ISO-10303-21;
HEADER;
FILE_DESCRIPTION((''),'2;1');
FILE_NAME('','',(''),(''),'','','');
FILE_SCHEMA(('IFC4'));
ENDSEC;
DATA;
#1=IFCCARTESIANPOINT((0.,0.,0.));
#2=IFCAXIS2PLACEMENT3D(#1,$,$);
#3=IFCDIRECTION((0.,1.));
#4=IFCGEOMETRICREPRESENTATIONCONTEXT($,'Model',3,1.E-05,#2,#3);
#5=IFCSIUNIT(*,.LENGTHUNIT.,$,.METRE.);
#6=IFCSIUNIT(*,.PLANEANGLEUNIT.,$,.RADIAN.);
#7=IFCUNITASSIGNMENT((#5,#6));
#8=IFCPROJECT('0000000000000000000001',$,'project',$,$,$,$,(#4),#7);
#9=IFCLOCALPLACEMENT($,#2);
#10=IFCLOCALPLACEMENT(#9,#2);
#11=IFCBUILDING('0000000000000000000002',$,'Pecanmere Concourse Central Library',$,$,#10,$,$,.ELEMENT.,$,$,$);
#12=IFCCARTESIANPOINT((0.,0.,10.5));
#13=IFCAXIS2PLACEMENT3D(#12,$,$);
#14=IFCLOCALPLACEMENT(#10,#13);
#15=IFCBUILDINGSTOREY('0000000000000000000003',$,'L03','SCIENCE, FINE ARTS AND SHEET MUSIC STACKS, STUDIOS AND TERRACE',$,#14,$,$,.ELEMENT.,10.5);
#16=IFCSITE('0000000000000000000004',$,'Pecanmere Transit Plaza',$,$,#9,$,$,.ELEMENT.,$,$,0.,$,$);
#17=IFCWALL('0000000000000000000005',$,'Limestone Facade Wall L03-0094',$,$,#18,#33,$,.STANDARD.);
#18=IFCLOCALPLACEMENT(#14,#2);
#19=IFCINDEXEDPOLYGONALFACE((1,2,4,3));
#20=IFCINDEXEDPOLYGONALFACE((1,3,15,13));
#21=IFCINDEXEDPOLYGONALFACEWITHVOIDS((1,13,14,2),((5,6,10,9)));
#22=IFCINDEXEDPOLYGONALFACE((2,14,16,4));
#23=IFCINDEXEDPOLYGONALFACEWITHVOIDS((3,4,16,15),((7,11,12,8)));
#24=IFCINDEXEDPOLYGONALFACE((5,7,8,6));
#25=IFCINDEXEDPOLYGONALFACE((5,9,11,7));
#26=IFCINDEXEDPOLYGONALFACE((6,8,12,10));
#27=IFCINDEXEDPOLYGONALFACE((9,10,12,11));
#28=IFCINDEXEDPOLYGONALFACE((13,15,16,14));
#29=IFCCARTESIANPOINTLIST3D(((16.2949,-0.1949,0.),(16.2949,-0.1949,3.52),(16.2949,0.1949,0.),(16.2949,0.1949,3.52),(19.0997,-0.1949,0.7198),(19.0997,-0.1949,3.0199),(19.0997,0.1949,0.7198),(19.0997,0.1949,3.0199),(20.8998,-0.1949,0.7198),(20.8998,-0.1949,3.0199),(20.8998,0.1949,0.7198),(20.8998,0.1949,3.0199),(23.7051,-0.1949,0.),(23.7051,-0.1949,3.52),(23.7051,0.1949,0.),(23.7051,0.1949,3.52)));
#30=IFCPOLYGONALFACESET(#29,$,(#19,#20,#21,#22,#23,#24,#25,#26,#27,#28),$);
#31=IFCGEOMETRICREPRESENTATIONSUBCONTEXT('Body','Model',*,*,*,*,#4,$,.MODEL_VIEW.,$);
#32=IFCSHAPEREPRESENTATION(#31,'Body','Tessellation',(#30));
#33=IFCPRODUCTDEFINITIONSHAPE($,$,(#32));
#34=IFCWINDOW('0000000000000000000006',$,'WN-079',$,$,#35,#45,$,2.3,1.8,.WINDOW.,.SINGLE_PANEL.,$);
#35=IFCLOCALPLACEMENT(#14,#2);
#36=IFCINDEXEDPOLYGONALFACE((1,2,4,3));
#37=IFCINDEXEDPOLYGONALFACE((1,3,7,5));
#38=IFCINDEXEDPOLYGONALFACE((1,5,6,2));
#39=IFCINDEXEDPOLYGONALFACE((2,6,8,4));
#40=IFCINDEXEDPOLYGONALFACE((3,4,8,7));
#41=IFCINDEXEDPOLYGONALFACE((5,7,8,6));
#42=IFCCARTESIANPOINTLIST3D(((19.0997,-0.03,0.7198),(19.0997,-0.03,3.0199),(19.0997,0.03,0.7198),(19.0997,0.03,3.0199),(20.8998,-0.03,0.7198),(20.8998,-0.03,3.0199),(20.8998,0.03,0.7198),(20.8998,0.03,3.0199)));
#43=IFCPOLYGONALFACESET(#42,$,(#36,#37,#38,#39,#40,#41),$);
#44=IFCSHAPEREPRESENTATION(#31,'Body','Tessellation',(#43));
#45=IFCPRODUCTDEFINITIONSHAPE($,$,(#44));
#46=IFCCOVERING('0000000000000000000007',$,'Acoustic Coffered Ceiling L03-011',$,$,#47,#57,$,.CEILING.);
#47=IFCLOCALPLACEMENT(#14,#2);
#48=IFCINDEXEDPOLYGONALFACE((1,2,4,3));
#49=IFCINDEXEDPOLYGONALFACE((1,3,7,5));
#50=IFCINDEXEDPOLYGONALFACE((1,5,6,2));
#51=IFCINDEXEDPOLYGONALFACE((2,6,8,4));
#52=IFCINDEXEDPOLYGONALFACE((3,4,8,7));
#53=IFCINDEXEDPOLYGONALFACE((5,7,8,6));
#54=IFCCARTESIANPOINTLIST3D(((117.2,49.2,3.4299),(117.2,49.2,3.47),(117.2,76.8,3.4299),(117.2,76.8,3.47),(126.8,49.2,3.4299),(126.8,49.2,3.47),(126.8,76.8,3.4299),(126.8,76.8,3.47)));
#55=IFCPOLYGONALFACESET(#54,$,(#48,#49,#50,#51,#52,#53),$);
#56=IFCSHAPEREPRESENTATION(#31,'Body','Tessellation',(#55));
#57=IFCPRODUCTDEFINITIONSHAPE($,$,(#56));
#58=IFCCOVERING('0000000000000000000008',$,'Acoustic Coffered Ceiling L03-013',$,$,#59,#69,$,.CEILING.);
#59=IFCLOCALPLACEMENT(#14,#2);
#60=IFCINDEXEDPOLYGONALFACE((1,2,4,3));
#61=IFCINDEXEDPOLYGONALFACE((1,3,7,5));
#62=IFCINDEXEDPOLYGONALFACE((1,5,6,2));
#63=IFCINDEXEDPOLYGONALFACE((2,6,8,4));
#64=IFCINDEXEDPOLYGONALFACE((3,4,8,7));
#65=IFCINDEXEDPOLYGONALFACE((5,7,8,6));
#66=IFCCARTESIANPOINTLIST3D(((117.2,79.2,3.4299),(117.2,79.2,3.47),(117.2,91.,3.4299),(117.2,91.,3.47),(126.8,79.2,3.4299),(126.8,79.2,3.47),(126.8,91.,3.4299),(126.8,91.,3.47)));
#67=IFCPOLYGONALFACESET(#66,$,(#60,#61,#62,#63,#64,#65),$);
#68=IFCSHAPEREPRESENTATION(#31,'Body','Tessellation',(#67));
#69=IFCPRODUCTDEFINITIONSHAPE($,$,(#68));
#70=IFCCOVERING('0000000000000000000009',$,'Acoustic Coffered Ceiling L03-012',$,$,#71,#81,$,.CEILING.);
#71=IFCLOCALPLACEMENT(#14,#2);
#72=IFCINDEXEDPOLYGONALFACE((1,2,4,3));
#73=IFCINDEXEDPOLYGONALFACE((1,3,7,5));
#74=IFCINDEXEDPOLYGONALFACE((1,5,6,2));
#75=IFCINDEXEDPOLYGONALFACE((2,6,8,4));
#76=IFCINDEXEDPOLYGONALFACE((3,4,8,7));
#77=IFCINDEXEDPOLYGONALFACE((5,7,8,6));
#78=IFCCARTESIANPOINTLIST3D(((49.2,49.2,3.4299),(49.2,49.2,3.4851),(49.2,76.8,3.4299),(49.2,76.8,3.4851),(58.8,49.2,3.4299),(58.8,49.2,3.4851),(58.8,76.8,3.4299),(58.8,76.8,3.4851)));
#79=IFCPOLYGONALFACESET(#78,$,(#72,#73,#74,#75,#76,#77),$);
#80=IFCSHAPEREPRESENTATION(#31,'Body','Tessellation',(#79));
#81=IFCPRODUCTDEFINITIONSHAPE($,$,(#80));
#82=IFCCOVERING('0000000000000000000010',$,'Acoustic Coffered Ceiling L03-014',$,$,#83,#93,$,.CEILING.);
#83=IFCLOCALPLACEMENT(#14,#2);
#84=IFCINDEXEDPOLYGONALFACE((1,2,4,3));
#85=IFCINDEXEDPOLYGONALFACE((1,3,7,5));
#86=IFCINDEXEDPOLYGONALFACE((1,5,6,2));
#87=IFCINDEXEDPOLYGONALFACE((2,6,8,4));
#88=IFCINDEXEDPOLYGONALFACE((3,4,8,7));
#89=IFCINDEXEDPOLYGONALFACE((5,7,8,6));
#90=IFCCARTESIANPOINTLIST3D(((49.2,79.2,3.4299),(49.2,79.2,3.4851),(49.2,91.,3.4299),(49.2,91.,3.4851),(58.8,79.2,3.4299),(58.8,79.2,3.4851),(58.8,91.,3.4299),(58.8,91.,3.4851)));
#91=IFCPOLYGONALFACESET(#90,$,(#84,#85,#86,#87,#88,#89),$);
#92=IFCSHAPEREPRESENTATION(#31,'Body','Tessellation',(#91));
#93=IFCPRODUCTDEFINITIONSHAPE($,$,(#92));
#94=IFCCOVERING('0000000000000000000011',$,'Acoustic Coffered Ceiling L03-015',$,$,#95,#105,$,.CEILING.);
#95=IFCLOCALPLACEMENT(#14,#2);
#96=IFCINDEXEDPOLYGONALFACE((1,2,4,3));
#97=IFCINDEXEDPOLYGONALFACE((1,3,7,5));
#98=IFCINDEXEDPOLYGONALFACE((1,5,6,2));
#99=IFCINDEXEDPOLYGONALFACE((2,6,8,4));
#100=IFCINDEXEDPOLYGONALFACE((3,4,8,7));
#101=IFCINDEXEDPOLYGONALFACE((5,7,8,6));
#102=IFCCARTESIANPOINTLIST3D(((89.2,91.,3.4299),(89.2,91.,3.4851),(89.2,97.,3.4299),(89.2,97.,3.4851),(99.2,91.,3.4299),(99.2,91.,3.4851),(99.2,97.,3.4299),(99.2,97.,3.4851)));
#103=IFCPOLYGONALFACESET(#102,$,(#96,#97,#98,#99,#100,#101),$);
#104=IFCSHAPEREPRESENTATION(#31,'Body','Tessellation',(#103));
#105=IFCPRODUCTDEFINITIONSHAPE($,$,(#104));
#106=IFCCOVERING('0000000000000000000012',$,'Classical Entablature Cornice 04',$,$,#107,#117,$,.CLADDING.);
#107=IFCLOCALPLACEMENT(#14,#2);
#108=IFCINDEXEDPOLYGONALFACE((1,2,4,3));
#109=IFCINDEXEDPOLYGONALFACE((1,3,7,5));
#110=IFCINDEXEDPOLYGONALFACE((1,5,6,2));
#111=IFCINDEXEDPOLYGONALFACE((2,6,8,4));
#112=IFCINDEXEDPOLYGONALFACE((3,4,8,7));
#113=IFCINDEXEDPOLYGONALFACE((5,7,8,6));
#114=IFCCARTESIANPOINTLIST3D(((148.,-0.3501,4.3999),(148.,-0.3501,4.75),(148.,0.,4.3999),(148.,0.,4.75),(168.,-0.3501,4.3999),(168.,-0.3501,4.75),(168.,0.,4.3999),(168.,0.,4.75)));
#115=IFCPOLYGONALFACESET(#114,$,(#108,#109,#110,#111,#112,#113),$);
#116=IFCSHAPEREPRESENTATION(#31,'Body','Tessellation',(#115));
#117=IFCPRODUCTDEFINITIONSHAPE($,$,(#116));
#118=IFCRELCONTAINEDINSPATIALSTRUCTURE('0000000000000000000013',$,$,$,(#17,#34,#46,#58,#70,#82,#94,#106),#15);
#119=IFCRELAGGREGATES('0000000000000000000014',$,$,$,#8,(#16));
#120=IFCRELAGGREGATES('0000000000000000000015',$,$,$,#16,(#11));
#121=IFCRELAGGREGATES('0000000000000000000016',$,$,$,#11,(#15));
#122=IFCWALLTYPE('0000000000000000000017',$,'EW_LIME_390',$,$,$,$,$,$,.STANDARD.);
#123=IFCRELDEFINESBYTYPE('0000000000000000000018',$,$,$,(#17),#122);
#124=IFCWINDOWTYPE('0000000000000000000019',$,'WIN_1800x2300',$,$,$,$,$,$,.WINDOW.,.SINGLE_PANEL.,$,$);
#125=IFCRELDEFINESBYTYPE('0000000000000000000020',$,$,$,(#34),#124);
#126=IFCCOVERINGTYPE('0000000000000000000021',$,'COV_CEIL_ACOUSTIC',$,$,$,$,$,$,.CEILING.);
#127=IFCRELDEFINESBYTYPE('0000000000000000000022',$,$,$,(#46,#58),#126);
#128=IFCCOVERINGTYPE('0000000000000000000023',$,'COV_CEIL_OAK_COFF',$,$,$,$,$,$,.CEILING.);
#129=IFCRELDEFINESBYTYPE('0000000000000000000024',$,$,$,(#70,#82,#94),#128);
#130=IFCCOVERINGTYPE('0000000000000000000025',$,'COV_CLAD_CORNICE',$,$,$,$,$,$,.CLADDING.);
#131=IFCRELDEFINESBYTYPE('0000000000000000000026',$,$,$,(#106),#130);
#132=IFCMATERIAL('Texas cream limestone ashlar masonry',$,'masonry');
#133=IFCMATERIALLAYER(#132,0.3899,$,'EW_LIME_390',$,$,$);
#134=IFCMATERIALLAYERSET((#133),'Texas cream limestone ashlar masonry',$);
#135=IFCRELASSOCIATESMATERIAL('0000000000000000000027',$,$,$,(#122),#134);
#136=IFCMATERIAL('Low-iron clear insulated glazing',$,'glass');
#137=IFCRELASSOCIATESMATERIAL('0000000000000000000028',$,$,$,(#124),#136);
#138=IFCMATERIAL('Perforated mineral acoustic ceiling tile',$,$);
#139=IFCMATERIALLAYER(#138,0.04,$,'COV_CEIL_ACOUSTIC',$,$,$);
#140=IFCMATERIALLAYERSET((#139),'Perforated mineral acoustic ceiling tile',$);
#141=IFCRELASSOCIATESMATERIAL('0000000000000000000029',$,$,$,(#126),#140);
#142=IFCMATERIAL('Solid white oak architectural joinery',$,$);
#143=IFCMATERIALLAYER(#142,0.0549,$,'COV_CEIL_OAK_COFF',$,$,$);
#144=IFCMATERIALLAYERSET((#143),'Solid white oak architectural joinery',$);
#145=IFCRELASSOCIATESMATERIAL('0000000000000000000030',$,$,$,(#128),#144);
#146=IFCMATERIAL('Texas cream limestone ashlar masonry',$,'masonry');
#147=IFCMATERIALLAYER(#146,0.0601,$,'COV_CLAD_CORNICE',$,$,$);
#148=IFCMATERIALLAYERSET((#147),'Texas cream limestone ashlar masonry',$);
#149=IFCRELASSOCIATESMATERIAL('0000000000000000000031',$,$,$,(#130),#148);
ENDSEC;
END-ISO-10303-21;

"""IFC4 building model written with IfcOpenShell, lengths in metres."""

from ifc_helpers import new_model, si_unit, direction, frame, frame_2d, origin, place, context, subcontext, project, spatial, polyline, rectangle, outline, extrude, material, layer, layer_set, type_object, element, fill, save


model = new_model("IFC4")

# Units and contexts
model_context = context("Model", 3, precision=1e-05, world=origin(), true_north=direction((0.0, 1.0)))
body_context = subcontext(model_context, "Body", "Model", "MODEL_VIEW")
ifc_project = project(units=[si_unit("LENGTHUNIT", "METRE"), si_unit("PLANEANGLEUNIT", "RADIAN")], contexts=[model_context])

# Site, building, storey
site_placement = place(None, origin())
site = spatial("IfcSite", under=ifc_project, at=site_placement, Name="Pecanmere Transit Plaza", CompositionType="ELEMENT", RefElevation=0.0)
building_placement = place(site_placement, origin())
building = spatial("IfcBuilding", under=site, at=building_placement, Name="Pecanmere Concourse Central Library", CompositionType="ELEMENT")
storey_placement = place(building_placement, frame((0.0, 0.0, 10.5)))
storey = spatial("IfcBuildingStorey", under=building, at=storey_placement, Name="L03", Description="SCIENCE, FINE ARTS AND SHEET MUSIC STACKS, STUDIOS AND TERRACE", CompositionType="ELEMENT", Elevation=10.5)

# Wall, opening, window
ifc_material_1 = material(Name="Texas cream limestone ashlar masonry", Category="masonry")
ifc_layer_1 = layer(ifc_material_1, 0.3899, Name="EW_LIME_390")
ifc_layer_set_1 = layer_set([ifc_layer_1], Name="Texas cream limestone ashlar masonry")
wall_type = type_object("IfcWallType", Name="EW_LIME_390", PredefinedType="STANDARD", material=ifc_layer_set_1)
wall_1_placement = place(storey_placement, frame((16.2949, 0.0, 0.0), z_axis=(0.0, 0.0, 1.0), x_axis=(1.0, 0.0, 0.0)))
wall_1 = element("IfcWall", 1, at=wall_1_placement, inside=storey, type_object=wall_type, Name="Limestone Facade Wall L03-0094", PredefinedType="STANDARD", context=body_context, shape_type="SweptSolid", body=[
    extrude(rectangle(XDim=7.4102, YDim=0.3899, at=frame_2d((3.7051, 0.0))), origin(), (0.0, 0.0, 1.0), 3.52),
])
opening_1_placement = place(wall_1_placement, frame((2.8049, 0.0, 0.72)))
opening_1 = element("IfcOpeningElement", 2, at=opening_1_placement, cuts=wall_1, PredefinedType="OPENING", context=body_context, shape_type="SweptSolid", body=[
    extrude(rectangle(XDim=1.8, YDim=2.3, at=frame_2d((0.8999, 1.1499))), frame((0.0, 0.207, 0.0), z_axis=(0.0, -1.0, 0.0), x_axis=(1.0, 0.0, 0.0)), (0.0, 0.0, 1.0), 0.4138),
])
ifc_material_2 = material(Name="Low-iron clear insulated glazing", Category="glass")
window_type_1 = type_object("IfcWindowType", Name="WIN_1800x2300", PartitioningType="SINGLE_PANEL", PredefinedType="WINDOW", material=ifc_material_2)
window_1_placement = place(opening_1_placement, origin())
window_1 = element("IfcWindow", 3, at=window_1_placement, inside=storey, type_object=window_type_1, Name="WN-079", OverallHeight=2.3, OverallWidth=1.8, PartitioningType="SINGLE_PANEL", PredefinedType="WINDOW", context=body_context, shape_type="SweptSolid", body=[
    extrude(rectangle(XDim=1.8, YDim=2.3, at=frame_2d((0.8999, 1.1499))), frame((0.0, 0.03, 0.0), z_axis=(0.0, -1.0, 0.0), x_axis=(1.0, 0.0, 0.0)), (0.0, 0.0, 1.0), 0.0601),
])
fill(opening_1, window_1)

# Coverings
ifc_material_3 = material(Name="Perforated mineral acoustic ceiling tile")
ifc_layer_2 = layer(ifc_material_3, 0.04, Name="COV_CEIL_ACOUSTIC")
ifc_layer_set_2 = layer_set([ifc_layer_2], Name="Perforated mineral acoustic ceiling tile")
covering_type_1 = type_object("IfcCoveringType", Name="COV_CEIL_ACOUSTIC", PredefinedType="CEILING", material=ifc_layer_set_2)
covering_1_placement = place(storey_placement, frame((0.0, 0.0, 3.4299)))
element("IfcCovering", 4, at=covering_1_placement, inside=storey, type_object=covering_type_1, Name="Acoustic Coffered Ceiling L03-011", PredefinedType="CEILING", context=body_context, shape_type="SweptSolid", body=[
    extrude(outline(polyline([(117.2, 49.2), (126.8, 49.2), (126.8, 76.8), (117.2, 76.8), (117.2, 49.2)])), origin(), (0.0, 0.0, 1.0), 0.04),
])
covering_2_placement = place(storey_placement, frame((0.0, 0.0, 3.4299)))
element("IfcCovering", 5, at=covering_2_placement, inside=storey, type_object=covering_type_1, Name="Acoustic Coffered Ceiling L03-013", PredefinedType="CEILING", context=body_context, shape_type="SweptSolid", body=[
    extrude(outline(polyline([(117.2, 79.2), (126.8, 79.2), (126.8, 91.0), (117.2, 91.0), (117.2, 79.2)])), origin(), (0.0, 0.0, 1.0), 0.04),
])
ifc_material_4 = material(Name="Solid white oak architectural joinery")
ifc_layer_3 = layer(ifc_material_4, 0.0549, Name="COV_CEIL_OAK_COFF")
ifc_layer_set_3 = layer_set([ifc_layer_3], Name="Solid white oak architectural joinery")
covering_type_2 = type_object("IfcCoveringType", Name="COV_CEIL_OAK_COFF", PredefinedType="CEILING", material=ifc_layer_set_3)
covering_3_placement = place(storey_placement, frame((0.0, 0.0, 3.4299)))
element("IfcCovering", 6, at=covering_3_placement, inside=storey, type_object=covering_type_2, Name="Acoustic Coffered Ceiling L03-012", PredefinedType="CEILING", context=body_context, shape_type="SweptSolid", body=[
    extrude(outline(polyline([(49.2, 49.2), (58.8, 49.2), (58.8, 76.8), (49.2, 76.8), (49.2, 49.2)])), origin(), (0.0, 0.0, 1.0), 0.0552),
])
covering_4_placement = place(storey_placement, frame((0.0, 0.0, 3.4299)))
element("IfcCovering", 7, at=covering_4_placement, inside=storey, type_object=covering_type_2, Name="Acoustic Coffered Ceiling L03-014", PredefinedType="CEILING", context=body_context, shape_type="SweptSolid", body=[
    extrude(outline(polyline([(49.2, 79.2), (58.8, 79.2), (58.8, 91.0), (49.2, 91.0), (49.2, 79.2)])), origin(), (0.0, 0.0, 1.0), 0.0552),
])
covering_5_placement = place(storey_placement, frame((0.0, 0.0, 3.4299)))
element("IfcCovering", 8, at=covering_5_placement, inside=storey, type_object=covering_type_2, Name="Acoustic Coffered Ceiling L03-015", PredefinedType="CEILING", context=body_context, shape_type="SweptSolid", body=[
    extrude(outline(polyline([(89.2, 91.0), (99.2, 91.0), (99.2, 97.0), (89.2, 97.0), (89.2, 91.0)])), origin(), (0.0, 0.0, 1.0), 0.0552),
])
ifc_material_5 = material(Name="Texas cream limestone ashlar masonry", Category="masonry")
ifc_layer_4 = layer(ifc_material_5, 0.0601, Name="COV_CLAD_CORNICE")
ifc_layer_set_4 = layer_set([ifc_layer_4], Name="Texas cream limestone ashlar masonry")
covering_type_3 = type_object("IfcCoveringType", Name="COV_CLAD_CORNICE", PredefinedType="CLADDING", material=ifc_layer_set_4)
covering_6_placement = place(storey_placement, frame((0.0, 0.0, 4.3999)))
element("IfcCovering", 9, at=covering_6_placement, inside=storey, type_object=covering_type_3, Name="Classical Entablature Cornice 04", PredefinedType="CLADDING", context=body_context, shape_type="SweptSolid", body=[
    extrude(outline(polyline([(148.0, -0.3501), (168.0, -0.3501), (168.0, 0.0), (148.0, 0.0), (148.0, -0.3501)])), origin(), (0.0, 0.0, 1.0), 0.3501),
])

save(model, "model.ifc")
